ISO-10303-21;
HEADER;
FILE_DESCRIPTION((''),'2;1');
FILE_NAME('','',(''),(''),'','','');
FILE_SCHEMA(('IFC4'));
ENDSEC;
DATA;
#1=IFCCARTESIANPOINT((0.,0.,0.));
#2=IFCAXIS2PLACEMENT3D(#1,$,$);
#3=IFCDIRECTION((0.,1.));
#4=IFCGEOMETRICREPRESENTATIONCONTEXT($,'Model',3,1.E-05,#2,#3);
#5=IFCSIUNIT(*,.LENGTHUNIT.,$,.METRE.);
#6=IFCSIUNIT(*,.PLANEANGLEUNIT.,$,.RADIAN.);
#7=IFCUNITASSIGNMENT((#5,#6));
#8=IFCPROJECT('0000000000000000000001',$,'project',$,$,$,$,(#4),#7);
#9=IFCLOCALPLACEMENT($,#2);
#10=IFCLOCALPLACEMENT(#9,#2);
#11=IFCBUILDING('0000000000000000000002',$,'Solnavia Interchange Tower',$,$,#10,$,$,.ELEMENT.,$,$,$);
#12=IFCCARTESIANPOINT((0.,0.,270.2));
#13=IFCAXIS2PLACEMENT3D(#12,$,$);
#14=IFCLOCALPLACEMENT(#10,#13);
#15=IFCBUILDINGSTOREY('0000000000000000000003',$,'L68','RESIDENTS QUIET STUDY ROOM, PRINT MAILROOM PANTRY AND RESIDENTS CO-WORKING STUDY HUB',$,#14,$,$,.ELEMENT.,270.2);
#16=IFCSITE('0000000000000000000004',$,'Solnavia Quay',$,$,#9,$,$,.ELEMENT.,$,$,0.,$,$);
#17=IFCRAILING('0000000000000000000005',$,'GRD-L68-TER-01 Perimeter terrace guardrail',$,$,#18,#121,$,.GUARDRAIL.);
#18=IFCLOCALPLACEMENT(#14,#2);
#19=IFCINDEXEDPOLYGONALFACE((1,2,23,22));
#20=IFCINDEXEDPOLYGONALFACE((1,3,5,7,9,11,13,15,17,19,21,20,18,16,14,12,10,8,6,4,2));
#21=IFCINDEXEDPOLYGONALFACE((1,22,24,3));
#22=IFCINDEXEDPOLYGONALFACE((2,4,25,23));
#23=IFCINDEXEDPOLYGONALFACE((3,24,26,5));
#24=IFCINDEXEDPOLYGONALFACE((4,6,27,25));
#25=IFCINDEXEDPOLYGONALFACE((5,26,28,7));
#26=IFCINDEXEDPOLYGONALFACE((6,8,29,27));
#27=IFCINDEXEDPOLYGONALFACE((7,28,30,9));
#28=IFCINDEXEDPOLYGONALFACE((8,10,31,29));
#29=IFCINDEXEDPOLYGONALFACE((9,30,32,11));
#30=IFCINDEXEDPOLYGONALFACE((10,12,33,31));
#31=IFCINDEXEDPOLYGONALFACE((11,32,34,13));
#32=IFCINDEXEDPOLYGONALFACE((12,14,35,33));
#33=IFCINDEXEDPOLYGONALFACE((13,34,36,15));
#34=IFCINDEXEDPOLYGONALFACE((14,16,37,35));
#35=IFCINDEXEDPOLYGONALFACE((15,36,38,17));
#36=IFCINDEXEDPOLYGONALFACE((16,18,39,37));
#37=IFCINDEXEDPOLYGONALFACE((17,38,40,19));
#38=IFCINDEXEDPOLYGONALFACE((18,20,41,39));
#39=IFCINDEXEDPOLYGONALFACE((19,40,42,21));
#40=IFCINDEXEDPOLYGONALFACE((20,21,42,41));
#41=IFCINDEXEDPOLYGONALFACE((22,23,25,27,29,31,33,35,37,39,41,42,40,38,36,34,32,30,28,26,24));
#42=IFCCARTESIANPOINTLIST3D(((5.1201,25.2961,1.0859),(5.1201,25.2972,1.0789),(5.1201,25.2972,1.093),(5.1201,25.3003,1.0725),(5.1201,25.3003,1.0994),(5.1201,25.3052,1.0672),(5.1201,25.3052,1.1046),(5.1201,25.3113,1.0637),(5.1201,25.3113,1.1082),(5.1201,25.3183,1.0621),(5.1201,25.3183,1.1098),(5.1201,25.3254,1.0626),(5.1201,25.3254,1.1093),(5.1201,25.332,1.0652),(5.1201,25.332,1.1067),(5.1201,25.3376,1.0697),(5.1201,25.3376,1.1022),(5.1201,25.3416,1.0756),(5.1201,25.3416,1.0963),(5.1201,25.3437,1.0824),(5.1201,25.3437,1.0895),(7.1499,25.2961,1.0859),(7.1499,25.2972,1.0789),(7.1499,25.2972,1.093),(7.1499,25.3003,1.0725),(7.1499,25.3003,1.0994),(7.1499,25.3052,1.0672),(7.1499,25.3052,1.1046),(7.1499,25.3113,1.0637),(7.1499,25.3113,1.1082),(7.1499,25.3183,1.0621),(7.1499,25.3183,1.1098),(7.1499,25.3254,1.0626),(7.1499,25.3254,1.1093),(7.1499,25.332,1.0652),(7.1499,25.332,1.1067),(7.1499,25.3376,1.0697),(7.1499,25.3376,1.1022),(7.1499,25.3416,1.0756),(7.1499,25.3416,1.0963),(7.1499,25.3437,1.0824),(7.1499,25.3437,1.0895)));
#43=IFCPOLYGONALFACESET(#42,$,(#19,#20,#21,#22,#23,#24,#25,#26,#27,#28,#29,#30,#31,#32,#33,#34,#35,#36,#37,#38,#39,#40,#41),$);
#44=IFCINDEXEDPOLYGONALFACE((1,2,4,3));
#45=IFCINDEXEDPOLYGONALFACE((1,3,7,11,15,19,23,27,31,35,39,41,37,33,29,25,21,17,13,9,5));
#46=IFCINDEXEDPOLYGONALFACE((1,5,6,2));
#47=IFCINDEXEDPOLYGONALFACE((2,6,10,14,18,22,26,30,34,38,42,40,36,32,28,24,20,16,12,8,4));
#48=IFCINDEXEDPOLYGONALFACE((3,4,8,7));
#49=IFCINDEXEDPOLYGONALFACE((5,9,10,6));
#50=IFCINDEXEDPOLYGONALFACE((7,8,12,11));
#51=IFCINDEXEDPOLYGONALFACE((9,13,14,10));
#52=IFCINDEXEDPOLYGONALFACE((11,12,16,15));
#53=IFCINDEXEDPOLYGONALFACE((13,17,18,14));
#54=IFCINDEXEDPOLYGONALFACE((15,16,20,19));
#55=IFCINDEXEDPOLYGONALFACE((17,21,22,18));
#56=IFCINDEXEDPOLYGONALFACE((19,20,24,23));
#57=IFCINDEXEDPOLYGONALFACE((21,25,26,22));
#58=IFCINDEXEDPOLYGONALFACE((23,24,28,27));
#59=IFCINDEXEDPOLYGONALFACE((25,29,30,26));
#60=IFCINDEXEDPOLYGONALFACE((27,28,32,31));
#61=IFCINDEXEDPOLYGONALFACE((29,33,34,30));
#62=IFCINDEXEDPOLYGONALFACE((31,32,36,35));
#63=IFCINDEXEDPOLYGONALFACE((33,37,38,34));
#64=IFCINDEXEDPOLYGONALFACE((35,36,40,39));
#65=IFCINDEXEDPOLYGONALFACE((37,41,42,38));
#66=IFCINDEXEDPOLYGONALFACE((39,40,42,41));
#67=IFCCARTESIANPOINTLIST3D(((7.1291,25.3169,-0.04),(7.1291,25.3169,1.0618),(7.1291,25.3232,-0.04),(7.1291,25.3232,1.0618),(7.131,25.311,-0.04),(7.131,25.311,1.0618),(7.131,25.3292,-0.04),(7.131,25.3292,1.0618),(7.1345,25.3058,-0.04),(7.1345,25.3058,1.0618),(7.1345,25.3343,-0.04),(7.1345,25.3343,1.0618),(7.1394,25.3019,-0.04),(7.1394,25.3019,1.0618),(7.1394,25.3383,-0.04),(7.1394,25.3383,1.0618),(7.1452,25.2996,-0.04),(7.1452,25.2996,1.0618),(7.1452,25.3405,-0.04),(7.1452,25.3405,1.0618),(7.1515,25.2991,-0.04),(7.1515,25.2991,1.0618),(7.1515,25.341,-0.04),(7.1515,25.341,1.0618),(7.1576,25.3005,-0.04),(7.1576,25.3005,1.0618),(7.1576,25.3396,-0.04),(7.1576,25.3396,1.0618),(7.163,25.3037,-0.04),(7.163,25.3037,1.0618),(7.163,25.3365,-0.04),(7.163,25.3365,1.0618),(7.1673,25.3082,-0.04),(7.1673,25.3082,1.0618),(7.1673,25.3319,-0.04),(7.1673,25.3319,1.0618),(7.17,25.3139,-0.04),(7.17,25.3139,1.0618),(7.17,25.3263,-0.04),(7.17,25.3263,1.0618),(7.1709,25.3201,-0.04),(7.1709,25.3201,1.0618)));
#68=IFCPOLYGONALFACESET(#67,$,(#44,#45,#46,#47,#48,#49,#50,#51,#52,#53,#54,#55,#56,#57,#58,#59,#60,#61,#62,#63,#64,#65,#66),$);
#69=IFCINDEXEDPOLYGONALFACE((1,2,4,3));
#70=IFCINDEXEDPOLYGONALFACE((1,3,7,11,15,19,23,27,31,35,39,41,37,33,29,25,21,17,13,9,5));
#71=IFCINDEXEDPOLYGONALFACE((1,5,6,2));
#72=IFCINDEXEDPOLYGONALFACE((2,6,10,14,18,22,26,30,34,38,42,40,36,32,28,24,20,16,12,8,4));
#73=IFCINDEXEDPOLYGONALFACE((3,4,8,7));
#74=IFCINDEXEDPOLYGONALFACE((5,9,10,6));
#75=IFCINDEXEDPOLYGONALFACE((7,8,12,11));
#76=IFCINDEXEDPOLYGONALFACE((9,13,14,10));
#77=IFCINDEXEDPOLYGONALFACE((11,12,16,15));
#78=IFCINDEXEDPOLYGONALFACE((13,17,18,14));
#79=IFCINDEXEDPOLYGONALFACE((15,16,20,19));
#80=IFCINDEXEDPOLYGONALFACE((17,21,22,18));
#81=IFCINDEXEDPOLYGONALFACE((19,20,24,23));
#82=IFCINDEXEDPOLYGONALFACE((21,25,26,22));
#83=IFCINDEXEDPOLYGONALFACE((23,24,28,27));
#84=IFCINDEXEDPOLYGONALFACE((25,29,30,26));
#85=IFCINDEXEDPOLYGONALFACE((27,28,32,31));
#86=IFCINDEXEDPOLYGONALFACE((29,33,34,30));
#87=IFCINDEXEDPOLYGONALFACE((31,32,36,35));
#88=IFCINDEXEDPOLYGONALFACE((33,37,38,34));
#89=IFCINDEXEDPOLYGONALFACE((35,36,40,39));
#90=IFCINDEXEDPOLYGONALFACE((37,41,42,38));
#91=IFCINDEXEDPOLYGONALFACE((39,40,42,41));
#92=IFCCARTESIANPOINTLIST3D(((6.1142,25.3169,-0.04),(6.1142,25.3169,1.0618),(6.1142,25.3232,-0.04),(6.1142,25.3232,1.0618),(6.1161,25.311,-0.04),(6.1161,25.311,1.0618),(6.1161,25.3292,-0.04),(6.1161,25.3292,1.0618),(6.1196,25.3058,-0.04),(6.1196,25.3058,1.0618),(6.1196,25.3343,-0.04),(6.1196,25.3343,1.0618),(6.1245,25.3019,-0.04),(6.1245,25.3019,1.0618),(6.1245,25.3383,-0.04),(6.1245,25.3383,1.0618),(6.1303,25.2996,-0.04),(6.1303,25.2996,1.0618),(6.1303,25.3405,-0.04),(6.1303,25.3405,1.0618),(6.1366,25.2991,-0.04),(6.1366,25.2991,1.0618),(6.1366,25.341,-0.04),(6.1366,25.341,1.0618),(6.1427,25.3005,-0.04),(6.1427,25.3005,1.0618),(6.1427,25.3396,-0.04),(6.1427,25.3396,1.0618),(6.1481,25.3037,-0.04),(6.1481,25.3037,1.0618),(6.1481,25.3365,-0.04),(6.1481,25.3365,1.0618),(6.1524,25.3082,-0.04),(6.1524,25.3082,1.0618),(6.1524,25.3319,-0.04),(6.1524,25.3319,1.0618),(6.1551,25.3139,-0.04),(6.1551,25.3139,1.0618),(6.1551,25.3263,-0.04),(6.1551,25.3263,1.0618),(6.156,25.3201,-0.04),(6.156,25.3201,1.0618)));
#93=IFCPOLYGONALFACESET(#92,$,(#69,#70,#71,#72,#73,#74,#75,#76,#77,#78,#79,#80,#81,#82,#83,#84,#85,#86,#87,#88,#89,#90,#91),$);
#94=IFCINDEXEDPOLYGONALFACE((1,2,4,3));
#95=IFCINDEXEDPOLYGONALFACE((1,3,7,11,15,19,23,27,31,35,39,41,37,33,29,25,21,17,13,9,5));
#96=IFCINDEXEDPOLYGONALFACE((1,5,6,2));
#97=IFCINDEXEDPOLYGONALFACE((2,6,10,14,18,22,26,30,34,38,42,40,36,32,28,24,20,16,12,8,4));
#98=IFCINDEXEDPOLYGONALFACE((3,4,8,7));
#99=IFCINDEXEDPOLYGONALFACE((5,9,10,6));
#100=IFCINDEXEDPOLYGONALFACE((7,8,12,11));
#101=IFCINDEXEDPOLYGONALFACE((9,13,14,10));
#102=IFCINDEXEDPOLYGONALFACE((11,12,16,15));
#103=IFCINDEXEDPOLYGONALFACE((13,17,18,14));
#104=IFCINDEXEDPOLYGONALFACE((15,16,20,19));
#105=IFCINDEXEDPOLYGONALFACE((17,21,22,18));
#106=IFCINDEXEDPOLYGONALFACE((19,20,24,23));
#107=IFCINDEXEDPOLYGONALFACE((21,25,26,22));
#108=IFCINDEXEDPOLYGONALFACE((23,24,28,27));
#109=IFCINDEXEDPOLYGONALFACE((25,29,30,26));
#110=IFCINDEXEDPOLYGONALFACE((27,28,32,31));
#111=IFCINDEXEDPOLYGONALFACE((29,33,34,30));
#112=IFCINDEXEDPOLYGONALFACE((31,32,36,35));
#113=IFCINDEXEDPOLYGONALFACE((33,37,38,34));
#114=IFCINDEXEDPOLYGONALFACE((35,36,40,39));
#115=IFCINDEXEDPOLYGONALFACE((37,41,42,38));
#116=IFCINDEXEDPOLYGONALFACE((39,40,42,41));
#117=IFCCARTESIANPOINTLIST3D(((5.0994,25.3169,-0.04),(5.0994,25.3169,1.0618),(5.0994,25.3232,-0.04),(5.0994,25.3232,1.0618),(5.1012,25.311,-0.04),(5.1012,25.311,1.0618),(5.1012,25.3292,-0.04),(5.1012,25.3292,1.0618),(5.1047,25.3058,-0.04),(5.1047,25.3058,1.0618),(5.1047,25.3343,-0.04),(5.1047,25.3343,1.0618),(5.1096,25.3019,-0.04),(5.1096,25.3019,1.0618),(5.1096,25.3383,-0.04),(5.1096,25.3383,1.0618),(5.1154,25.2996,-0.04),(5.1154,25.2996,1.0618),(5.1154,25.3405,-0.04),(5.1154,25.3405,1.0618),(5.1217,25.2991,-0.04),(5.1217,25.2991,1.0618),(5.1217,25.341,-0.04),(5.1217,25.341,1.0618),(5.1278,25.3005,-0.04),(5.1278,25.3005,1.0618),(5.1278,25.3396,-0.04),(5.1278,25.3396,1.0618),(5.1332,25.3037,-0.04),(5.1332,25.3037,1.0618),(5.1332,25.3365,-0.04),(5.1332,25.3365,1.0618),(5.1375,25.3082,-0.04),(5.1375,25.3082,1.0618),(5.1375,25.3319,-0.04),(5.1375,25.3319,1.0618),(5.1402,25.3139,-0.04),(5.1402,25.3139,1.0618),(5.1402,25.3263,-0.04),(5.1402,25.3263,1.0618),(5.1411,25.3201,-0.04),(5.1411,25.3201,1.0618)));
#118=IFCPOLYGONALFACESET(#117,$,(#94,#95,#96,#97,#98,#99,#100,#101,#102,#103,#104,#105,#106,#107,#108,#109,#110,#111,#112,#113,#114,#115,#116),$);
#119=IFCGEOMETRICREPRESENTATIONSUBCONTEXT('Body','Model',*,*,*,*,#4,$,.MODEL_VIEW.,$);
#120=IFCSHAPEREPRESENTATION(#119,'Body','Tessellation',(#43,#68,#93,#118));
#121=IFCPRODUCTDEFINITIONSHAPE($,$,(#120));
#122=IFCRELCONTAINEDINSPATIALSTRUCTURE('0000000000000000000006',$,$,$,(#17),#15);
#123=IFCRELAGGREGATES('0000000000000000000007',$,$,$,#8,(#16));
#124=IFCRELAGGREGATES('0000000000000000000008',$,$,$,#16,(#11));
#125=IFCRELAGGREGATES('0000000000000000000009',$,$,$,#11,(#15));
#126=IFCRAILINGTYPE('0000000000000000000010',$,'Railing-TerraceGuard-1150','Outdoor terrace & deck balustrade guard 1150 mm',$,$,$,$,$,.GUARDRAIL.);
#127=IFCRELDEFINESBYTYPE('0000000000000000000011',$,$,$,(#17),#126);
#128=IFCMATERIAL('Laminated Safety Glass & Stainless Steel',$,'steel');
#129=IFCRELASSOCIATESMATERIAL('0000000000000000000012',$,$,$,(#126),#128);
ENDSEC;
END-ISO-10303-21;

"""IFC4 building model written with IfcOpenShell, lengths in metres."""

from ifc_helpers import new_model, si_unit, direction, frame, origin, origin_2d, place, context, subcontext, project, spatial, circle, extrude, material, type_object, element, save


model = new_model("IFC4")

# Units and contexts
model_context = context("Model", 3, precision=1e-05, world=origin(), true_north=direction((0.0, 1.0)))
body_context = subcontext(model_context, "Body", "Model", "MODEL_VIEW")
ifc_project = project(units=[si_unit("LENGTHUNIT", "METRE"), si_unit("PLANEANGLEUNIT", "RADIAN")], contexts=[model_context])

# Site, building, storey
site_placement = place(None, origin())
site = spatial("IfcSite", under=ifc_project, at=site_placement, Name="Solnavia Quay", CompositionType="ELEMENT", RefElevation=0.0)
building_placement = place(site_placement, origin())
building = spatial("IfcBuilding", under=site, at=building_placement, Name="Solnavia Interchange Tower", CompositionType="ELEMENT")
storey_placement = place(building_placement, frame((0.0, 0.0, 270.2)))
storey = spatial("IfcBuildingStorey", under=building, at=storey_placement, Name="L68", Description="RESIDENTS QUIET STUDY ROOM, PRINT MAILROOM PANTRY AND RESIDENTS CO-WORKING STUDY HUB", CompositionType="ELEMENT", Elevation=270.2)

# Railing
ifc_material_1 = material(Name="Laminated Safety Glass & Stainless Steel", Category="steel")
railing_type = type_object("IfcRailingType", Name="Railing-TerraceGuard-1150", Description="Outdoor terrace & deck balustrade guard 1150 mm", PredefinedType="GUARDRAIL", material=ifc_material_1)
railing_1_placement = place(storey_placement, frame((7.1499, 25.3201, -0.04)))
element("IfcRailing", 1, at=railing_1_placement, inside=storey, type_object=railing_type, Name="GRD-L68-TER-01 Perimeter terrace guardrail", PredefinedType="GUARDRAIL", context=body_context, shape_type="SweptSolid", body=[
    extrude(circle(Radius=0.0239, at=origin_2d()), frame((0.0, 0.0, 1.126), z_axis=(-1.0, 0.0, 0.0), x_axis=(0.0, -1.0, 0.0)), (0.0, 0.0, 1.0), 2.0298),
    extrude(circle(Radius=0.021, at=origin_2d()), origin(), (0.0, 0.0, 1.0), 1.1018),
    extrude(circle(Radius=0.021, at=origin_2d()), frame((-1.0149, 0.0, 0.0)), (0.0, 0.0, 1.0), 1.1018),
    extrude(circle(Radius=0.021, at=origin_2d()), frame((-2.0298, 0.0, 0.0)), (0.0, 0.0, 1.0), 1.1018),
])

save(model, "model.ifc")
